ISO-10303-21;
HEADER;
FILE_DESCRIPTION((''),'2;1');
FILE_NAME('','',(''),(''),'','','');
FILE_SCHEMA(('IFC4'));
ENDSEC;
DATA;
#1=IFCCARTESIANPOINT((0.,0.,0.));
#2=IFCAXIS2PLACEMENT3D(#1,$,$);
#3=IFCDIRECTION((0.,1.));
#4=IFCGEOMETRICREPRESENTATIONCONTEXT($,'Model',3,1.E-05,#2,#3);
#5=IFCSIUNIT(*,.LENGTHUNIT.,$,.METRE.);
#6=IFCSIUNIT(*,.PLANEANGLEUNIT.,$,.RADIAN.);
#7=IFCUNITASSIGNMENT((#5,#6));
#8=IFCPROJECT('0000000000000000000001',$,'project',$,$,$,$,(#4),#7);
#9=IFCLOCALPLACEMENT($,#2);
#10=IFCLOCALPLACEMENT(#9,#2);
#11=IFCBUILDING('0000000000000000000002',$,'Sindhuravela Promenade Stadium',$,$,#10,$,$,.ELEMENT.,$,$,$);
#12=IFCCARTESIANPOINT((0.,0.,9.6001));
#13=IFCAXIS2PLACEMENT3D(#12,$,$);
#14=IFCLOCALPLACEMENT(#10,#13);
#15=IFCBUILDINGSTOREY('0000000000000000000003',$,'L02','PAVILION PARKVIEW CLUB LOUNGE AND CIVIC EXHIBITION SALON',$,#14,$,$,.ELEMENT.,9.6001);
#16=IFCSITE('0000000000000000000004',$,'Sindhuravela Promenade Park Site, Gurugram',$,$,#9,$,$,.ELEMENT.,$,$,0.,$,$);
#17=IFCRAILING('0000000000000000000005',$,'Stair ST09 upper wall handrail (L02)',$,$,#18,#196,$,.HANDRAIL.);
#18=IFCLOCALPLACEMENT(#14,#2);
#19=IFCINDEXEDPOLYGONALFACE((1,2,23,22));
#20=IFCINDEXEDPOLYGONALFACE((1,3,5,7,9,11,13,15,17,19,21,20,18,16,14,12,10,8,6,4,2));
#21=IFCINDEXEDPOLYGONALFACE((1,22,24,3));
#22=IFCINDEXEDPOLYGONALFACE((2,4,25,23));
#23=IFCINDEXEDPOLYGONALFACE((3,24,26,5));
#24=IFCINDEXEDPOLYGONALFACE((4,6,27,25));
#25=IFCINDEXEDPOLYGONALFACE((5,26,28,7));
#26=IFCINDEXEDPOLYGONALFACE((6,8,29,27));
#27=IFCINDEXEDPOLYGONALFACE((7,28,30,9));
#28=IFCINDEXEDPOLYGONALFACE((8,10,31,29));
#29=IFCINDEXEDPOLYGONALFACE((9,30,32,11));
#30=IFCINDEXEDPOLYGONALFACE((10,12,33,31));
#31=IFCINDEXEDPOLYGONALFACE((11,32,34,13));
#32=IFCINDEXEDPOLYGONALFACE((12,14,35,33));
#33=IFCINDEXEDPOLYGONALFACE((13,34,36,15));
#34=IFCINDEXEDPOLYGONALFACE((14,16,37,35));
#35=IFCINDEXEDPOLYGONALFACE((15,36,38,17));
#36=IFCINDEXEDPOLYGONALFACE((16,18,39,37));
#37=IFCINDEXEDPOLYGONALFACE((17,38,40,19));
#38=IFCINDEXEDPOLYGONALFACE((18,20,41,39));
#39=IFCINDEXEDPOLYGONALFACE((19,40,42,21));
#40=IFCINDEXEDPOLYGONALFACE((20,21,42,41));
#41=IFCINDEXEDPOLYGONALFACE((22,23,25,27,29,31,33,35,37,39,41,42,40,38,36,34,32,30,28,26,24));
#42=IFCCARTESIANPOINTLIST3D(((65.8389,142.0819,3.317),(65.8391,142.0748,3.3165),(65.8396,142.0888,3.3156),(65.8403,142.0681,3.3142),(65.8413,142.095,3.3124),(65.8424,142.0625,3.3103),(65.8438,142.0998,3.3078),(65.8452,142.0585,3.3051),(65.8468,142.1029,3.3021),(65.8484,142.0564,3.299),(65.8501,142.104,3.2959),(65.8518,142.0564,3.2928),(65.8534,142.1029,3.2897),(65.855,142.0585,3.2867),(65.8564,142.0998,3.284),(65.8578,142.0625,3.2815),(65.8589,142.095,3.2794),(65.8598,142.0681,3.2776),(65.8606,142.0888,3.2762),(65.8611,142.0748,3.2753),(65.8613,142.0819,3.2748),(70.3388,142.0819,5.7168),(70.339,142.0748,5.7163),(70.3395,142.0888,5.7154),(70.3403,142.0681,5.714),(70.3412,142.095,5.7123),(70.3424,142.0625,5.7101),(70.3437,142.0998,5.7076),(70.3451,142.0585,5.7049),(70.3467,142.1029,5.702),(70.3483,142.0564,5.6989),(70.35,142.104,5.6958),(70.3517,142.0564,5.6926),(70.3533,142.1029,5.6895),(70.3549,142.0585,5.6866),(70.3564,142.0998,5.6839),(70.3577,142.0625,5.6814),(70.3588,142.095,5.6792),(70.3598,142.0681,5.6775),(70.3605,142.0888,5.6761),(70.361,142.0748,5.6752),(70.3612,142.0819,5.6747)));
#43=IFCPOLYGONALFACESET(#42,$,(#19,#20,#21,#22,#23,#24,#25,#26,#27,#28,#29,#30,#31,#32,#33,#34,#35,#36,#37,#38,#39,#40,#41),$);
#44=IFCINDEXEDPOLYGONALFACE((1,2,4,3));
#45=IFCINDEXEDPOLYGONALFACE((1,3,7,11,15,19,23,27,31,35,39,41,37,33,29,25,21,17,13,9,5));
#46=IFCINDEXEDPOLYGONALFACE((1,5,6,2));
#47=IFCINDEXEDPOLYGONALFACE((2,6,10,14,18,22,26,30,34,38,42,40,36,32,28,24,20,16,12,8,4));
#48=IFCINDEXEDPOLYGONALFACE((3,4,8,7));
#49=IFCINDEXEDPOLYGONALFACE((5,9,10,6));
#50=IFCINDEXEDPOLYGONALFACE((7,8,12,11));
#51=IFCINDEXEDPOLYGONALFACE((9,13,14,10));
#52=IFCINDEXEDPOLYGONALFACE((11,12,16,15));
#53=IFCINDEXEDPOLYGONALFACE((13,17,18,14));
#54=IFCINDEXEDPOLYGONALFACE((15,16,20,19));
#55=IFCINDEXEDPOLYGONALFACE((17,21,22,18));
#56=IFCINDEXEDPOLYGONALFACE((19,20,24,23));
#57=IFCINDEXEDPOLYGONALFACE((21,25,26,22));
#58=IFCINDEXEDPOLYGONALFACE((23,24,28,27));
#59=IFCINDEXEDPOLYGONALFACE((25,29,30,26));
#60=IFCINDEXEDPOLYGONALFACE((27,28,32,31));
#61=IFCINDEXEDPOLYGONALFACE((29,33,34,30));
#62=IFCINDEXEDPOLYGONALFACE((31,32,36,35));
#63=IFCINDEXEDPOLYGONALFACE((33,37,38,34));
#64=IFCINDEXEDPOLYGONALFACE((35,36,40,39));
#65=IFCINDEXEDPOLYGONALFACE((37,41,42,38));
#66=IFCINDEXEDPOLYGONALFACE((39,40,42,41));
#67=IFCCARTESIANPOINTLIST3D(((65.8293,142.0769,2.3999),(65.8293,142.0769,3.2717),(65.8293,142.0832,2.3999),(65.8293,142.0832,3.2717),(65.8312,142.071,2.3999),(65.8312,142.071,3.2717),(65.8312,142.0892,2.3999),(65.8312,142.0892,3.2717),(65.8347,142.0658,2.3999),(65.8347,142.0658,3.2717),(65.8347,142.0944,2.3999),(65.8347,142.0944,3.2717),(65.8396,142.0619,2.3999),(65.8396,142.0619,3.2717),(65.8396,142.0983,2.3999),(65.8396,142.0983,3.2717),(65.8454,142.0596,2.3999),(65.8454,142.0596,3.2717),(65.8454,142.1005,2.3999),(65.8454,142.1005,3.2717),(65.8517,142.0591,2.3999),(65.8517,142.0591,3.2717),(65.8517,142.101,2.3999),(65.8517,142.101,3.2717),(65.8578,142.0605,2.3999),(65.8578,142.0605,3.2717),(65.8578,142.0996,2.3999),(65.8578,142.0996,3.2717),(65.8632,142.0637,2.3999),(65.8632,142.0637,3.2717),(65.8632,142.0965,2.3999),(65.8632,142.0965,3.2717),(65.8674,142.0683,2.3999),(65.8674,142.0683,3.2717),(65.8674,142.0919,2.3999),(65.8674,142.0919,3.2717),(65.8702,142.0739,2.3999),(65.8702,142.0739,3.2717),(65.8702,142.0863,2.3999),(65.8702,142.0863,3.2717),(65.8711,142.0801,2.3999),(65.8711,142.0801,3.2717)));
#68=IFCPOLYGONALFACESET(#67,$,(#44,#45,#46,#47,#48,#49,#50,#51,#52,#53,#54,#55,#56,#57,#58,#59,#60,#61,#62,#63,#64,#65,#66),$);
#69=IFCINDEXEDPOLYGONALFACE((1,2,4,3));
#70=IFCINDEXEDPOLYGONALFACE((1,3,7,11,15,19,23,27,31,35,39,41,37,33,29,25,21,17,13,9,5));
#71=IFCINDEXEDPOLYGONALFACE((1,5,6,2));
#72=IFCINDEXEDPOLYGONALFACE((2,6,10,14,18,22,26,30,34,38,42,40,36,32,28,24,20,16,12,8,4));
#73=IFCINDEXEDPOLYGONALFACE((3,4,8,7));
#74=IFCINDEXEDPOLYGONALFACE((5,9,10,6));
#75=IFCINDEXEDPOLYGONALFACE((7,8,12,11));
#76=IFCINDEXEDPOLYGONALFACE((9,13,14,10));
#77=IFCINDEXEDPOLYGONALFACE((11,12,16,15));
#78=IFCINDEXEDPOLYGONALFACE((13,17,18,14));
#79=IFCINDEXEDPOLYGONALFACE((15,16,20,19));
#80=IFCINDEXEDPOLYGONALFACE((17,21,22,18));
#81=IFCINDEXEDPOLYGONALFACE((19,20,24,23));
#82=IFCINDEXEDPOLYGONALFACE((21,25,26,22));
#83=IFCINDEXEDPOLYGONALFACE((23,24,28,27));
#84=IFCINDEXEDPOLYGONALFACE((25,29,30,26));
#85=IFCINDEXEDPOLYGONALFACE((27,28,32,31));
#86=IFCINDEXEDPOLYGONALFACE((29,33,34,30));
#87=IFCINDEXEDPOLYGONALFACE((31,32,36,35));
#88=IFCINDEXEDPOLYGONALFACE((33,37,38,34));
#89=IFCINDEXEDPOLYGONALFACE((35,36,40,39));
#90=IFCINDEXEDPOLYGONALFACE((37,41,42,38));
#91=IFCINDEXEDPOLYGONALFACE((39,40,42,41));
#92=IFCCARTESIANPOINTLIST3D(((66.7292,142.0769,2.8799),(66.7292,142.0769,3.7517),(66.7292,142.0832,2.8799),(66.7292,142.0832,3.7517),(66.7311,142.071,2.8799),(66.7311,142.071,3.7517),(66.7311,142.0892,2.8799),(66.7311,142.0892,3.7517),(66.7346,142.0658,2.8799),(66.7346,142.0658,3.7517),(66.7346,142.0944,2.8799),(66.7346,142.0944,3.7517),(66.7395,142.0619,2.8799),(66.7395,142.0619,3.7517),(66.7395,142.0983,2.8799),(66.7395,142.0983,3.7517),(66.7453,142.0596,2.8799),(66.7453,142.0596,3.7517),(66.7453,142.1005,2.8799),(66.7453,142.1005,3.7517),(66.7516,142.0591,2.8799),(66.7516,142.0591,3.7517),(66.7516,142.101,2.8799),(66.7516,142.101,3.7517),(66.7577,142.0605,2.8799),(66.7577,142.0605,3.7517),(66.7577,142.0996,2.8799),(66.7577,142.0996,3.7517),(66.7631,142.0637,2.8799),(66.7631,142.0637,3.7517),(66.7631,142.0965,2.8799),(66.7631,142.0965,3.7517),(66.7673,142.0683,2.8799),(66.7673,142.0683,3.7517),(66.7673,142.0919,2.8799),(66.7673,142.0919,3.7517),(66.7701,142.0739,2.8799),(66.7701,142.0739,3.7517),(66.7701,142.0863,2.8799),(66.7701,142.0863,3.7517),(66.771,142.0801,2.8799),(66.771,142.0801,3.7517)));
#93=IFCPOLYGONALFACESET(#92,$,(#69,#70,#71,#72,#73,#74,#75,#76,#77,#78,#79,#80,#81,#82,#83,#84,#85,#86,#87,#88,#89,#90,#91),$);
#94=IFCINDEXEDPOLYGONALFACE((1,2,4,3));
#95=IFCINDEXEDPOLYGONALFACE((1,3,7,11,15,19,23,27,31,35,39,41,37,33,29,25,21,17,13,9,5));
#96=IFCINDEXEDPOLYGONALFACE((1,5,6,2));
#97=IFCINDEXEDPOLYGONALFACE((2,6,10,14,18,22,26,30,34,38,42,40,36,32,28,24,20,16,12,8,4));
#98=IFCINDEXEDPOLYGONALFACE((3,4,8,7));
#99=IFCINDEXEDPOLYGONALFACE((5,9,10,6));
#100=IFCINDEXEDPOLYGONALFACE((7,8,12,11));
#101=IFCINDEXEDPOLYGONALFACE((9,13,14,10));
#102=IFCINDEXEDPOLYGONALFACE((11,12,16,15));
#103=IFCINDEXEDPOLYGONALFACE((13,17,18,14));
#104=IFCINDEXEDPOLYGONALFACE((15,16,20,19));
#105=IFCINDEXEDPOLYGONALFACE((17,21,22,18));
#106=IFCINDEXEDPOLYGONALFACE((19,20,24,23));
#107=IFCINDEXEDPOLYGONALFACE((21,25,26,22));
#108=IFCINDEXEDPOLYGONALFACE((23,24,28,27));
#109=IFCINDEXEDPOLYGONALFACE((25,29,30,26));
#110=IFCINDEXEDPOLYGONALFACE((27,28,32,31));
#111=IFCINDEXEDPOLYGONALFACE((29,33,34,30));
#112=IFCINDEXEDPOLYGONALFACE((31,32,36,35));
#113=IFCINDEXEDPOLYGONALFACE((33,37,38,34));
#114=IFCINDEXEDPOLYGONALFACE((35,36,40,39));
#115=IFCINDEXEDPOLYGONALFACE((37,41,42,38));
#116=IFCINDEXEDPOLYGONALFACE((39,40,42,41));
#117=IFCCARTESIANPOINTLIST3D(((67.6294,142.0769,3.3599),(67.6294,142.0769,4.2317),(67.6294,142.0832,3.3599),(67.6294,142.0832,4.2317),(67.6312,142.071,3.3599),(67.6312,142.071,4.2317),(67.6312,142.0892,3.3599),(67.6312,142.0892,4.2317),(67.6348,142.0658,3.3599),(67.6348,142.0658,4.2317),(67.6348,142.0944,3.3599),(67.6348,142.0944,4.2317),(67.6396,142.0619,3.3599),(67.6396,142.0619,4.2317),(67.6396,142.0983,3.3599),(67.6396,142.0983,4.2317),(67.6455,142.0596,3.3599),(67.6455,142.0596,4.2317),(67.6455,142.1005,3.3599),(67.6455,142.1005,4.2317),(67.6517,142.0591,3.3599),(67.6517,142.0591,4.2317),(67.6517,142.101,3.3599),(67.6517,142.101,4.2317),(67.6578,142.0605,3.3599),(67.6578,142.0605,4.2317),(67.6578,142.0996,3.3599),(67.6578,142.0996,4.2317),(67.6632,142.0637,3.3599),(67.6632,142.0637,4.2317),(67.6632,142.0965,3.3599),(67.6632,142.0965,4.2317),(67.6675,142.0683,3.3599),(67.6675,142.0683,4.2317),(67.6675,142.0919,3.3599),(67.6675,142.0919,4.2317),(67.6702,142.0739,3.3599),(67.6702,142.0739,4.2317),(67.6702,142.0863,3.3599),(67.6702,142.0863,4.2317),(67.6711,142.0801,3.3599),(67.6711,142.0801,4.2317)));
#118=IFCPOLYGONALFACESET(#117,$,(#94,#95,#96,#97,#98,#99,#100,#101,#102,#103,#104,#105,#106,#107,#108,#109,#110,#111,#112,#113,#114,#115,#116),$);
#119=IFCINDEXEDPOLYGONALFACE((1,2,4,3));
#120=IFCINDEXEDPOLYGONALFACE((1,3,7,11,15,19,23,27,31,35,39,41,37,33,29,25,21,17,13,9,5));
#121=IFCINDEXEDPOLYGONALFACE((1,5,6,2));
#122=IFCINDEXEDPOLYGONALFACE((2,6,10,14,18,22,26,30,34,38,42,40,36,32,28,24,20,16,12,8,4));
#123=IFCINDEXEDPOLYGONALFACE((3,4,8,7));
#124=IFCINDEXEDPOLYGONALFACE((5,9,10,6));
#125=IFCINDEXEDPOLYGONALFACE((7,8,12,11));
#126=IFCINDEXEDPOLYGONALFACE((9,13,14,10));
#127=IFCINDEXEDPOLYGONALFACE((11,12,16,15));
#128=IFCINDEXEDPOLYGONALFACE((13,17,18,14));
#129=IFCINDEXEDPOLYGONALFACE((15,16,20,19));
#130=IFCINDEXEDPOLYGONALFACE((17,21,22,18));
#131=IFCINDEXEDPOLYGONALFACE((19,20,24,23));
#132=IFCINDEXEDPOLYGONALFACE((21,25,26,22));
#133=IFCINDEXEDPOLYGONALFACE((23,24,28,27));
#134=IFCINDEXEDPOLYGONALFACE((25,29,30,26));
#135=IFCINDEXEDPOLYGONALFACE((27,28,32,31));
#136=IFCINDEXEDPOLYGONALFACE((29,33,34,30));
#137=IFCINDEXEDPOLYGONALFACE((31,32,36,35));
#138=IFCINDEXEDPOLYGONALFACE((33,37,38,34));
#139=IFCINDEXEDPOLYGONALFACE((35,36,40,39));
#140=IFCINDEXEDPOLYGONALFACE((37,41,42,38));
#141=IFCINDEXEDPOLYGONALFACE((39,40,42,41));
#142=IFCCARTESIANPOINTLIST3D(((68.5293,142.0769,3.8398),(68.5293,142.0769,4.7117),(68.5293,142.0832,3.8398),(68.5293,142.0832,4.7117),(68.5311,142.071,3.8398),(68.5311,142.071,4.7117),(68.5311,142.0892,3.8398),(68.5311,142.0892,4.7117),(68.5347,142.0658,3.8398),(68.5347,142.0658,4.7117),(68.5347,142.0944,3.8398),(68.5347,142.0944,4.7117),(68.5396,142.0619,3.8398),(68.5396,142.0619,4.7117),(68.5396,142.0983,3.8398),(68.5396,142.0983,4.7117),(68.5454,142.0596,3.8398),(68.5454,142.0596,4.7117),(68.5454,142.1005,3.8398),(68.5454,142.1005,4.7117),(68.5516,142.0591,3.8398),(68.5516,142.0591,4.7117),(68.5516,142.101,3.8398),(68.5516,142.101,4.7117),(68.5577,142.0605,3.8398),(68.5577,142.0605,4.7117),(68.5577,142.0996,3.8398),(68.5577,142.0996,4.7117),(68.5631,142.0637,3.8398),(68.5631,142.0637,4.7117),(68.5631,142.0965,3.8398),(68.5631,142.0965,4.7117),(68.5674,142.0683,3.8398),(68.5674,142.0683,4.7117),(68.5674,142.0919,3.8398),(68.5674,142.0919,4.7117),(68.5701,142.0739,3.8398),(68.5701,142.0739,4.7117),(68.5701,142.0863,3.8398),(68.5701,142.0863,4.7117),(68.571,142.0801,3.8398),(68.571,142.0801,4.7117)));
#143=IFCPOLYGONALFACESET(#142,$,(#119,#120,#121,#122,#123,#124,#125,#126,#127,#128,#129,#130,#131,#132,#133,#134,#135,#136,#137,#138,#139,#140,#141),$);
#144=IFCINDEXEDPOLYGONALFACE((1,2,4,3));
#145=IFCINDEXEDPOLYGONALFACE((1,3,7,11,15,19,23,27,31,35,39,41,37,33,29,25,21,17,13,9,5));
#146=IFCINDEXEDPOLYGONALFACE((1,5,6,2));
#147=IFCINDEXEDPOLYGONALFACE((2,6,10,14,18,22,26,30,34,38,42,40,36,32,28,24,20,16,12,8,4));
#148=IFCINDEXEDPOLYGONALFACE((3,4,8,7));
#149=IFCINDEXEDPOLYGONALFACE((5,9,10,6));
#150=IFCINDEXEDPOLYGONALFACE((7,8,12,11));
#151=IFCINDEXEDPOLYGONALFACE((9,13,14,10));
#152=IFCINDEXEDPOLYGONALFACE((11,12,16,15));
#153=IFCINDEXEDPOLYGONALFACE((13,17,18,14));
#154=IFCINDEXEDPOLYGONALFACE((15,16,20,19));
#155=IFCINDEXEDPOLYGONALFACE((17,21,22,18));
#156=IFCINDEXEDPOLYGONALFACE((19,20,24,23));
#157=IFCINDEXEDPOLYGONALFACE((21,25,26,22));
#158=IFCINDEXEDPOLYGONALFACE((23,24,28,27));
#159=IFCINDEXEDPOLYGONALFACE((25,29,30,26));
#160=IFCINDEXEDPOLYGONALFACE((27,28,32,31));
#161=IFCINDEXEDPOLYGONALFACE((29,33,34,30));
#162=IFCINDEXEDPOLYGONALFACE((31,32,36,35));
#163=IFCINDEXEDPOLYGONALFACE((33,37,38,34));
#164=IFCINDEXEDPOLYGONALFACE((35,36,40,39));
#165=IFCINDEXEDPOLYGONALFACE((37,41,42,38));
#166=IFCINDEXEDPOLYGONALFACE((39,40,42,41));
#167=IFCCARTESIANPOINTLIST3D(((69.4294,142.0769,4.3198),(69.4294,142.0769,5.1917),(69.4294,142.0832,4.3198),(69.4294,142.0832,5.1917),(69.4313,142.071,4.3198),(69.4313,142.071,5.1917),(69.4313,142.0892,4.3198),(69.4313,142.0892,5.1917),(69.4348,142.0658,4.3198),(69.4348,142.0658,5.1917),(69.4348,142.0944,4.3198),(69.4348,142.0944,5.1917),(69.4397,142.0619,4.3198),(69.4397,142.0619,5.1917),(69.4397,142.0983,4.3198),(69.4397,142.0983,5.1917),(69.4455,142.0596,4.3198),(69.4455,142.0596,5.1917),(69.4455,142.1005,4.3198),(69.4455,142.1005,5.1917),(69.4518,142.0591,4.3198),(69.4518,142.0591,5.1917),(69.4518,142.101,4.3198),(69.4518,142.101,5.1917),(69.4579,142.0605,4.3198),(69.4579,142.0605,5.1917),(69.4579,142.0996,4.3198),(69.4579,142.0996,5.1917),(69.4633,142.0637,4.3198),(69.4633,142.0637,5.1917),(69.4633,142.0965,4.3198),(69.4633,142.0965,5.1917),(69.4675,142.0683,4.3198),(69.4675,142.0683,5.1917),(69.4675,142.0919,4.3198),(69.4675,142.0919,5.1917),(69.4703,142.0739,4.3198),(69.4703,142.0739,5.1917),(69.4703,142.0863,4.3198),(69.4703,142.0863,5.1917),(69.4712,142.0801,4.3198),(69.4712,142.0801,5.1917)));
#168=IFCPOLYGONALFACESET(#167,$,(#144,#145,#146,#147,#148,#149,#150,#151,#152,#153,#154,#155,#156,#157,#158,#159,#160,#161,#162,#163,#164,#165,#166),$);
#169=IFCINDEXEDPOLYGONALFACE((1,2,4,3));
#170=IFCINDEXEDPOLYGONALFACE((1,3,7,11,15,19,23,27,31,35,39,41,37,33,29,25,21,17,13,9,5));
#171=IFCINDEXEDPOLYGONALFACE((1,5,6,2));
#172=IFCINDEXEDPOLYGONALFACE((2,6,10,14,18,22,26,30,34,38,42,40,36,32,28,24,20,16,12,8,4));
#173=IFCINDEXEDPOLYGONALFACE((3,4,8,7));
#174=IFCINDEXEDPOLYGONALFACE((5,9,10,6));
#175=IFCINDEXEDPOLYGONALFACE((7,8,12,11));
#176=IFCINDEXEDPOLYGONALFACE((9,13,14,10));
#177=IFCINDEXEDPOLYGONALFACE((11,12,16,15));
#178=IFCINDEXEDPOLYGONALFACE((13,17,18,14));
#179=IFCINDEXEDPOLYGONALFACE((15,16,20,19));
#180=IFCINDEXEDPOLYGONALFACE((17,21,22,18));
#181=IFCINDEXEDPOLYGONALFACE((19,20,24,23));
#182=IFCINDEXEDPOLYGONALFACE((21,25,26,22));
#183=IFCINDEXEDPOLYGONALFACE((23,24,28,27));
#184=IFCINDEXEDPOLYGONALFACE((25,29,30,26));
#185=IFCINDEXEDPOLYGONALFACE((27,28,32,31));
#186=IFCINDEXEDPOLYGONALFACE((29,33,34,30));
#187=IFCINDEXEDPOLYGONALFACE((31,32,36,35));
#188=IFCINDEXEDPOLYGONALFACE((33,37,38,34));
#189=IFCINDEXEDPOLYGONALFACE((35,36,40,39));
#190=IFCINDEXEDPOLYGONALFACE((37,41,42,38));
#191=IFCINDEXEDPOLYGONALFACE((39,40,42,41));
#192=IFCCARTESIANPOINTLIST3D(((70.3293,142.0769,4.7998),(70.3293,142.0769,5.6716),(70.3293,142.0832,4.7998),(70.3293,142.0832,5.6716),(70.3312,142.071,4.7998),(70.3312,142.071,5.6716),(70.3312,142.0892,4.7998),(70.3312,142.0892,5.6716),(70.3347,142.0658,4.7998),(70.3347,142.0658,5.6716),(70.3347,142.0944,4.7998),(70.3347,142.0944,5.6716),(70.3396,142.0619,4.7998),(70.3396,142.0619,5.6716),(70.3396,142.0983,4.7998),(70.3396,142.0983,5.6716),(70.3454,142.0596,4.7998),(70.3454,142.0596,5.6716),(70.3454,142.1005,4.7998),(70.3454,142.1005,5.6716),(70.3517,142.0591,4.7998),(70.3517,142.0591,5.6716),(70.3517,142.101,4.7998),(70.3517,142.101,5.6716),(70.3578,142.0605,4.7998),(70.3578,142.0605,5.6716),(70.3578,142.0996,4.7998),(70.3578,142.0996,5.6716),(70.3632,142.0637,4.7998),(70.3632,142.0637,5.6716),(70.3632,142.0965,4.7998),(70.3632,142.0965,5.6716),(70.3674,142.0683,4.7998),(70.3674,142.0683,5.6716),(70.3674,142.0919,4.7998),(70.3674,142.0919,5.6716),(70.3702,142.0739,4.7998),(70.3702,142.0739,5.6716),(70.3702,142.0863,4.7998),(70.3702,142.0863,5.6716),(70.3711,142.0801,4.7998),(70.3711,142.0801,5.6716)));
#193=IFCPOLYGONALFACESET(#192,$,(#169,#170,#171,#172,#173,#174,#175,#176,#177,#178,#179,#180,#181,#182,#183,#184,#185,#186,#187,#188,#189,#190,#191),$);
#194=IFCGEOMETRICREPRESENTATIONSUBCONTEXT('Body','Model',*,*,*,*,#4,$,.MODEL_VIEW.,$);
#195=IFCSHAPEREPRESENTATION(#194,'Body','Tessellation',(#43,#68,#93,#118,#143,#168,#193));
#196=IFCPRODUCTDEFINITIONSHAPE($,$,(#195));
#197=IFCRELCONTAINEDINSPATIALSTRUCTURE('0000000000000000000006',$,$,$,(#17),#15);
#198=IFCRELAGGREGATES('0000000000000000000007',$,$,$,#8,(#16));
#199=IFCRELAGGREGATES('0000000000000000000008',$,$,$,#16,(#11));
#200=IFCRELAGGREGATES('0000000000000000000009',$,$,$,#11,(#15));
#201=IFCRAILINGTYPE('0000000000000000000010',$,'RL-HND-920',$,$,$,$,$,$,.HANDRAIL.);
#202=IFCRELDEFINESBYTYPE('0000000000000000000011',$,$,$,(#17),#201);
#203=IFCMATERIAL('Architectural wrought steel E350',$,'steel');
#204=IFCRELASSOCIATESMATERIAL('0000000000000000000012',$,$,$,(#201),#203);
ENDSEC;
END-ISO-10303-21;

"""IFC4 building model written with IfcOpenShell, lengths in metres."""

from ifc_helpers import new_model, si_unit, direction, frame, origin, origin_2d, place, context, subcontext, project, spatial, circle, extrude, material, type_object, element, save


model = new_model("IFC4")

# Units and contexts
model_context = context("Model", 3, precision=1e-05, world=origin(), true_north=direction((0.0, 1.0)))
body_context = subcontext(model_context, "Body", "Model", "MODEL_VIEW")
ifc_project = project(units=[si_unit("LENGTHUNIT", "METRE"), si_unit("PLANEANGLEUNIT", "RADIAN")], contexts=[model_context])

# Site, building, storey
site_placement = place(None, origin())
site = spatial("IfcSite", under=ifc_project, at=site_placement, Name="Sindhuravela Promenade Park Site, Gurugram", CompositionType="ELEMENT", RefElevation=0.0)
building_placement = place(site_placement, origin())
building = spatial("IfcBuilding", under=site, at=building_placement, Name="Sindhuravela Promenade Stadium", CompositionType="ELEMENT")
storey_placement = place(building_placement, frame((0.0, 0.0, 9.6001)))
storey = spatial("IfcBuildingStorey", under=building, at=storey_placement, Name="L02", Description="PAVILION PARKVIEW CLUB LOUNGE AND CIVIC EXHIBITION SALON", CompositionType="ELEMENT", Elevation=9.6001)

# Railing
ifc_material_1 = material(Name="Architectural wrought steel E350", Category="steel")
railing_type = type_object("IfcRailingType", Name="RL-HND-920", PredefinedType="HANDRAIL", material=ifc_material_1)
railing_placement = place(storey_placement, frame((65.8501, 142.0801, 2.3999)))
element("IfcRailing", 1, at=railing_placement, inside=storey, type_object=railing_type, Name="Stair ST09 upper wall handrail (L02)", PredefinedType="HANDRAIL", context=body_context, shape_type="SweptSolid", body=[
    extrude(circle(Radius=0.0239, at=origin_2d()), frame((0.0, 0.0, 0.896), z_axis=(0.882361, 0.0, 0.470573), x_axis=(0.0, 1.0, 0.0)), (0.0, 0.0, 1.0), 5.0999),
    extrude(circle(Radius=0.021, at=origin_2d()), origin(), (0.0, 0.0, 1.0), 0.8718),
    extrude(circle(Radius=0.021, at=origin_2d()), frame((0.8999, 0.0, 0.48)), (0.0, 0.0, 1.0), 0.8718),
    extrude(circle(Radius=0.021, at=origin_2d()), frame((1.8, 0.0, 0.96)), (0.0, 0.0, 1.0), 0.8718),
    extrude(circle(Radius=0.021, at=origin_2d()), frame((2.7, 0.0, 1.4399)), (0.0, 0.0, 1.0), 0.8718),
    extrude(circle(Radius=0.021, at=origin_2d()), frame((3.6001, 0.0, 1.9199)), (0.0, 0.0, 1.0), 0.8718),
    extrude(circle(Radius=0.021, at=origin_2d()), frame((4.5, 0.0, 2.3999)), (0.0, 0.0, 1.0), 0.8718),
])

save(model, "model.ifc")
